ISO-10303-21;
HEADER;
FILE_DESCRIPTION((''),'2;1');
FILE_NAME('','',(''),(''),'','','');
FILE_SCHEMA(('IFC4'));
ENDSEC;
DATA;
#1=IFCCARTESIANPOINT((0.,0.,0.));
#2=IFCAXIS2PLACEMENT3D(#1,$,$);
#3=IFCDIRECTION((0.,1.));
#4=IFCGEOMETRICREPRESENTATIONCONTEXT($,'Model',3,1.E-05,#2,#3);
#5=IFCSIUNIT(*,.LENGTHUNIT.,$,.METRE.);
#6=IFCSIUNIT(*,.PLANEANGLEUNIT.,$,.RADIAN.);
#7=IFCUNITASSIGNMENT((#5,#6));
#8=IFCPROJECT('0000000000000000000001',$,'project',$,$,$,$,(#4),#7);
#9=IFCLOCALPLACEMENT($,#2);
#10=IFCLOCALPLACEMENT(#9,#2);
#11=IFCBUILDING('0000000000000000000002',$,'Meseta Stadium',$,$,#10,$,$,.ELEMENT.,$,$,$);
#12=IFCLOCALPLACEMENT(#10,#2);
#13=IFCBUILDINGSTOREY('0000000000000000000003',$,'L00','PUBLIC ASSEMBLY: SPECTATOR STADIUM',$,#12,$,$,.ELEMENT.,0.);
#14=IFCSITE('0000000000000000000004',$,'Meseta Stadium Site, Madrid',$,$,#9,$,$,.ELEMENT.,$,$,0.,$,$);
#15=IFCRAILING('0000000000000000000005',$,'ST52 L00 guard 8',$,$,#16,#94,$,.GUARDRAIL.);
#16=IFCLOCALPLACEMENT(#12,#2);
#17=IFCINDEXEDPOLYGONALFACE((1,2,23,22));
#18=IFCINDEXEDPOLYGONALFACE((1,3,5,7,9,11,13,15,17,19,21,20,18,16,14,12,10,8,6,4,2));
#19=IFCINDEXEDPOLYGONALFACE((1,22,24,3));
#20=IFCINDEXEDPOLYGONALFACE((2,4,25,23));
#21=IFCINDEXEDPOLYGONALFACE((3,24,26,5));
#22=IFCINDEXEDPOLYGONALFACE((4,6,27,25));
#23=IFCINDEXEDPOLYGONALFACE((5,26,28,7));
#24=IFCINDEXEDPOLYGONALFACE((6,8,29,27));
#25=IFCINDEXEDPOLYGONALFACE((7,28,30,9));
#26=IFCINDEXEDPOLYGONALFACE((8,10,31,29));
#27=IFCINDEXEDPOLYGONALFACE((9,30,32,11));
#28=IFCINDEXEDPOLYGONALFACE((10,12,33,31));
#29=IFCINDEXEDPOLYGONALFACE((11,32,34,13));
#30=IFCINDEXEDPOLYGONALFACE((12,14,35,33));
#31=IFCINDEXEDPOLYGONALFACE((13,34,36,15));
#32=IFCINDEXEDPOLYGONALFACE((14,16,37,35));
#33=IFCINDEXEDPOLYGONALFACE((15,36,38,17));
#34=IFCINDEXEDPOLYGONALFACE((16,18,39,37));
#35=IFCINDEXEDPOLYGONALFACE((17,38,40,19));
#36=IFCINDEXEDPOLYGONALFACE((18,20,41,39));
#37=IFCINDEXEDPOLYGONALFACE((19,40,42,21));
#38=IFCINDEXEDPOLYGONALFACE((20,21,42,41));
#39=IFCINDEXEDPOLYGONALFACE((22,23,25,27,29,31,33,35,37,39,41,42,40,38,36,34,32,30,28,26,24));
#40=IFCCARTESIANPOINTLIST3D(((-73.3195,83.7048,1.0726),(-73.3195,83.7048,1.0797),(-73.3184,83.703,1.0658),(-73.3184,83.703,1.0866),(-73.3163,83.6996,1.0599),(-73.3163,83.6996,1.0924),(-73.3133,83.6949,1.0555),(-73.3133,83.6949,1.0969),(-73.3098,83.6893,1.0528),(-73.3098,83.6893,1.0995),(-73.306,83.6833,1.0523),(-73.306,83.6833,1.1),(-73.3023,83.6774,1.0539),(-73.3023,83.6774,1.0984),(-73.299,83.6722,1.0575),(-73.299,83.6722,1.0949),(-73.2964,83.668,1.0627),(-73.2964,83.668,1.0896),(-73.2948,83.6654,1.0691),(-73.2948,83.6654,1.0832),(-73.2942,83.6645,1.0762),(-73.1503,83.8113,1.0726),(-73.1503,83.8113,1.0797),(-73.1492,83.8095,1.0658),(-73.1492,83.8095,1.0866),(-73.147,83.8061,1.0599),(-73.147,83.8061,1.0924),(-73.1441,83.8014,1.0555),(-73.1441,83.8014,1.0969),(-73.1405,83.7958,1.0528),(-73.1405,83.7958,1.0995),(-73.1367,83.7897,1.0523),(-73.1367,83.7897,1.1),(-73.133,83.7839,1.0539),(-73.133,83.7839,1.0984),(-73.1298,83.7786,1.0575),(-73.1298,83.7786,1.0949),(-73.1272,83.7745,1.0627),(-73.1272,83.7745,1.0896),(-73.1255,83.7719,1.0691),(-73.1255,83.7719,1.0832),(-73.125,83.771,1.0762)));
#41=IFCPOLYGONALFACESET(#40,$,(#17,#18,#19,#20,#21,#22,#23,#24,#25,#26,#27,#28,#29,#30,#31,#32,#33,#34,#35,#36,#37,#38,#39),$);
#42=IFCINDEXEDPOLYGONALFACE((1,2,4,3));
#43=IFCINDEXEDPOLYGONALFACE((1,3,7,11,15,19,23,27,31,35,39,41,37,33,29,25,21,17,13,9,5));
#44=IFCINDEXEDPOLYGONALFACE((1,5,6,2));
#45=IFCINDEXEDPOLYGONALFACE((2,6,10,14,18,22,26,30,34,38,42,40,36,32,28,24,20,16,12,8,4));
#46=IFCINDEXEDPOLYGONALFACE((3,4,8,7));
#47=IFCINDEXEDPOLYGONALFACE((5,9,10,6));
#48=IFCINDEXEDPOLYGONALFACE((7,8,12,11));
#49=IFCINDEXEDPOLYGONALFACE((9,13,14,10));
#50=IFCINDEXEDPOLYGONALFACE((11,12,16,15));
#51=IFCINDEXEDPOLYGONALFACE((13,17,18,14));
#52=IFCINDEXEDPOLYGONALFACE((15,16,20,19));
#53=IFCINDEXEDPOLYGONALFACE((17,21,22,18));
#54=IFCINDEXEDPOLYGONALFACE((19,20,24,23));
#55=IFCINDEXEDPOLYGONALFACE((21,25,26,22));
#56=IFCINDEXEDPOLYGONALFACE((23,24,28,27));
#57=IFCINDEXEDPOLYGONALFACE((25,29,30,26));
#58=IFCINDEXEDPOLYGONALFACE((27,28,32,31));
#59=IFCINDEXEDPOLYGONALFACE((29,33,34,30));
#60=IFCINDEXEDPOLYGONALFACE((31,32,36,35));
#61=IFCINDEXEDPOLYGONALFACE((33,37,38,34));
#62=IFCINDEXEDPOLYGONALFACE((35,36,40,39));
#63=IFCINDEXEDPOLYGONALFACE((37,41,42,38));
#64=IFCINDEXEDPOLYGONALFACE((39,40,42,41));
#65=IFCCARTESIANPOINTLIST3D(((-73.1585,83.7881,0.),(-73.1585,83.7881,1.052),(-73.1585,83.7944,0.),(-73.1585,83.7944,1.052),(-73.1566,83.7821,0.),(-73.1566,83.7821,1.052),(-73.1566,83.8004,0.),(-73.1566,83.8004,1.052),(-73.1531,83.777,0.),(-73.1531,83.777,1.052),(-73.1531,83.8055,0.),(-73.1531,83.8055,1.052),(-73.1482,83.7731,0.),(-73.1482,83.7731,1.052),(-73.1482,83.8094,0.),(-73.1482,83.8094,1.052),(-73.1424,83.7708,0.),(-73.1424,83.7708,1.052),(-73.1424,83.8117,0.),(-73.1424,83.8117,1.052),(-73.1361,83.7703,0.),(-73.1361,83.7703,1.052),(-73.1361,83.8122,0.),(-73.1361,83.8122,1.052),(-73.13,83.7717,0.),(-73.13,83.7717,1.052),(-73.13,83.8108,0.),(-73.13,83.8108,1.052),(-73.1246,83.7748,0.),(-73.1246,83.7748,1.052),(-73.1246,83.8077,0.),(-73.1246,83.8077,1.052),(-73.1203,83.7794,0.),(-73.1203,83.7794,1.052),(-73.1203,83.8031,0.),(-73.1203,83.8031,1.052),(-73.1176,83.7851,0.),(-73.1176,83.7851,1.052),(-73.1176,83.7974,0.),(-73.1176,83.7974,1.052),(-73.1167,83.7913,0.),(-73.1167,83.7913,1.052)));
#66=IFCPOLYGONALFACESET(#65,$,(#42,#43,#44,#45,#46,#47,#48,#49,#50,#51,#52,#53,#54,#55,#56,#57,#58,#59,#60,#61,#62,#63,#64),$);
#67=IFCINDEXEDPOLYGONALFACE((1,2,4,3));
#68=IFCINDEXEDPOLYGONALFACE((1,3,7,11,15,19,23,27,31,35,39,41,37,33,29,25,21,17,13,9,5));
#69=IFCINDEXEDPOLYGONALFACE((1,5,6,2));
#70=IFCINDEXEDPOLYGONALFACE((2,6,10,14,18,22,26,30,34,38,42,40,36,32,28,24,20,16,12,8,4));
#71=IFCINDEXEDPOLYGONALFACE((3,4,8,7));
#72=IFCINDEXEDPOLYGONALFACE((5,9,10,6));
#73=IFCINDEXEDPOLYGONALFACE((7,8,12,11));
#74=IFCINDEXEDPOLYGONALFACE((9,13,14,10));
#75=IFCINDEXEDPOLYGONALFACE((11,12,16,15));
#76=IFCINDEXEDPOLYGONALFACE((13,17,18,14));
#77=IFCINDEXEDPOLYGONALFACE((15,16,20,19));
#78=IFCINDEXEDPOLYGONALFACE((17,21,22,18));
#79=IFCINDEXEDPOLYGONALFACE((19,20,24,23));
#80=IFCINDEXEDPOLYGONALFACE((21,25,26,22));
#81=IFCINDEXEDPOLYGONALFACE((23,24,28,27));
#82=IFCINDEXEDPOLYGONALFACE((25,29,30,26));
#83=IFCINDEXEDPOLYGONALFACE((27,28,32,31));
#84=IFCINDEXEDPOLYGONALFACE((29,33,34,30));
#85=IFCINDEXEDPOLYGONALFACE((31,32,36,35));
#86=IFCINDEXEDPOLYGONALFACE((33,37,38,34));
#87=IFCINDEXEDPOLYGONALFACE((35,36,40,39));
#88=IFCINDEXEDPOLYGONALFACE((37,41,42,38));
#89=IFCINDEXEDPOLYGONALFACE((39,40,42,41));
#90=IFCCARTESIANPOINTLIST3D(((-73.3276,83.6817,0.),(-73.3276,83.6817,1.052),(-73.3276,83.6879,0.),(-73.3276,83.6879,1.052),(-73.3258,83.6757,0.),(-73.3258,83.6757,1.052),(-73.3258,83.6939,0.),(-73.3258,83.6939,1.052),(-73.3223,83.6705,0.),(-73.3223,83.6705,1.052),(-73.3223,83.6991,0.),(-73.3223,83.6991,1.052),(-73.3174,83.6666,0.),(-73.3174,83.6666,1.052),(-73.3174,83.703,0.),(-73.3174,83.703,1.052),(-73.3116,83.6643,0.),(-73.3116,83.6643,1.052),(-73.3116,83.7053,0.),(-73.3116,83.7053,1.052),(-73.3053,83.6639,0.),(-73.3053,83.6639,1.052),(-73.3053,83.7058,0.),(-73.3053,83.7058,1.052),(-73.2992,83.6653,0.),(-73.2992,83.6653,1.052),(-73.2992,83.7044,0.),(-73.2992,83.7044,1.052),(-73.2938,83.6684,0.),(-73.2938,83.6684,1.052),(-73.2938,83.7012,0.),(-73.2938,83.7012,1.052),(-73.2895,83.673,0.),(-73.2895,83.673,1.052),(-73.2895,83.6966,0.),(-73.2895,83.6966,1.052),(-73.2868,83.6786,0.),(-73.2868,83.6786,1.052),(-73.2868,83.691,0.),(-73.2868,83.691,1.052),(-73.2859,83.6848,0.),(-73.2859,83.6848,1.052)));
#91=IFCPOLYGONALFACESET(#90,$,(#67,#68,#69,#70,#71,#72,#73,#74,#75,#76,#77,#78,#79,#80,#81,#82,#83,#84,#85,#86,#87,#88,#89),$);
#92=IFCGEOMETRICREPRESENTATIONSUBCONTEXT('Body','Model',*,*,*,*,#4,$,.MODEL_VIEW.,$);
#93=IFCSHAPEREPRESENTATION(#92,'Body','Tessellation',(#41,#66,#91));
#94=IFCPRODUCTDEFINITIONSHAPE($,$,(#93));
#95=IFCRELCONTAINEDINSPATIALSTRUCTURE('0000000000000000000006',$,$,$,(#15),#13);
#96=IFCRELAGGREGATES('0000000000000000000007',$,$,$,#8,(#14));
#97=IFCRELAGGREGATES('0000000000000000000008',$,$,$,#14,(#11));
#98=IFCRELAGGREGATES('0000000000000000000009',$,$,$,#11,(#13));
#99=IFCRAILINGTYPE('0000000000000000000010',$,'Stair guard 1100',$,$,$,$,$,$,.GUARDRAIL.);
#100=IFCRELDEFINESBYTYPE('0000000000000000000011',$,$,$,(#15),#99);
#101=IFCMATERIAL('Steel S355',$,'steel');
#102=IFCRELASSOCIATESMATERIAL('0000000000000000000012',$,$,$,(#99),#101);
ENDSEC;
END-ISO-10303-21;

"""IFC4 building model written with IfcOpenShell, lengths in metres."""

from ifc_helpers import new_model, si_unit, direction, frame, origin, origin_2d, place, context, subcontext, project, spatial, circle, extrude, material, type_object, element, save


model = new_model("IFC4")

# Units and contexts
model_context = context("Model", 3, precision=1e-05, world=origin(), true_north=direction((0.0, 1.0)))
body_context = subcontext(model_context, "Body", "Model", "MODEL_VIEW")
ifc_project = project(units=[si_unit("LENGTHUNIT", "METRE"), si_unit("PLANEANGLEUNIT", "RADIAN")], contexts=[model_context])

# Site, building, storey
site_placement = place(None, origin())
site = spatial("IfcSite", under=ifc_project, at=site_placement, Name="Meseta Stadium Site, Madrid", CompositionType="ELEMENT", RefElevation=0.0)
building_placement = place(site_placement, origin())
building = spatial("IfcBuilding", under=site, at=building_placement, Name="Meseta Stadium", CompositionType="ELEMENT")
storey_placement = place(building_placement, origin())
storey = spatial("IfcBuildingStorey", under=building, at=storey_placement, Name="L00", Description="PUBLIC ASSEMBLY: SPECTATOR STADIUM", CompositionType="ELEMENT", Elevation=0.0)

# Railing
ifc_material_1 = material(Name="Steel S355", Category="steel")
railing_type_1 = type_object("IfcRailingType", Name="Stair guard 1100", PredefinedType="GUARDRAIL", material=ifc_material_1)
railing_1_placement = place(storey_placement, frame((-73.1377, 83.7913, 0.0)))
element("IfcRailing", 1, at=railing_1_placement, inside=storey, type_object=railing_type_1, Name="ST52 L00 guard 8", PredefinedType="GUARDRAIL", context=body_context, shape_type="SweptSolid", body=[
    extrude(circle(Radius=0.0239, at=origin_2d()), frame((0.0, 0.0, 1.0762), z_axis=(-0.846416, -0.532522, 0.0), x_axis=(0.532522, -0.846416, 0.0)), (0.0, 0.0, 1.0), 0.2),
    extrude(circle(Radius=0.021, at=origin_2d()), origin(), (0.0, 0.0, 1.0), 1.052),
    extrude(circle(Radius=0.021, at=origin_2d()), frame((-0.1692, -0.1064, 0.0)), (0.0, 0.0, 1.0), 1.052),
])

save(model, "model.ifc")
